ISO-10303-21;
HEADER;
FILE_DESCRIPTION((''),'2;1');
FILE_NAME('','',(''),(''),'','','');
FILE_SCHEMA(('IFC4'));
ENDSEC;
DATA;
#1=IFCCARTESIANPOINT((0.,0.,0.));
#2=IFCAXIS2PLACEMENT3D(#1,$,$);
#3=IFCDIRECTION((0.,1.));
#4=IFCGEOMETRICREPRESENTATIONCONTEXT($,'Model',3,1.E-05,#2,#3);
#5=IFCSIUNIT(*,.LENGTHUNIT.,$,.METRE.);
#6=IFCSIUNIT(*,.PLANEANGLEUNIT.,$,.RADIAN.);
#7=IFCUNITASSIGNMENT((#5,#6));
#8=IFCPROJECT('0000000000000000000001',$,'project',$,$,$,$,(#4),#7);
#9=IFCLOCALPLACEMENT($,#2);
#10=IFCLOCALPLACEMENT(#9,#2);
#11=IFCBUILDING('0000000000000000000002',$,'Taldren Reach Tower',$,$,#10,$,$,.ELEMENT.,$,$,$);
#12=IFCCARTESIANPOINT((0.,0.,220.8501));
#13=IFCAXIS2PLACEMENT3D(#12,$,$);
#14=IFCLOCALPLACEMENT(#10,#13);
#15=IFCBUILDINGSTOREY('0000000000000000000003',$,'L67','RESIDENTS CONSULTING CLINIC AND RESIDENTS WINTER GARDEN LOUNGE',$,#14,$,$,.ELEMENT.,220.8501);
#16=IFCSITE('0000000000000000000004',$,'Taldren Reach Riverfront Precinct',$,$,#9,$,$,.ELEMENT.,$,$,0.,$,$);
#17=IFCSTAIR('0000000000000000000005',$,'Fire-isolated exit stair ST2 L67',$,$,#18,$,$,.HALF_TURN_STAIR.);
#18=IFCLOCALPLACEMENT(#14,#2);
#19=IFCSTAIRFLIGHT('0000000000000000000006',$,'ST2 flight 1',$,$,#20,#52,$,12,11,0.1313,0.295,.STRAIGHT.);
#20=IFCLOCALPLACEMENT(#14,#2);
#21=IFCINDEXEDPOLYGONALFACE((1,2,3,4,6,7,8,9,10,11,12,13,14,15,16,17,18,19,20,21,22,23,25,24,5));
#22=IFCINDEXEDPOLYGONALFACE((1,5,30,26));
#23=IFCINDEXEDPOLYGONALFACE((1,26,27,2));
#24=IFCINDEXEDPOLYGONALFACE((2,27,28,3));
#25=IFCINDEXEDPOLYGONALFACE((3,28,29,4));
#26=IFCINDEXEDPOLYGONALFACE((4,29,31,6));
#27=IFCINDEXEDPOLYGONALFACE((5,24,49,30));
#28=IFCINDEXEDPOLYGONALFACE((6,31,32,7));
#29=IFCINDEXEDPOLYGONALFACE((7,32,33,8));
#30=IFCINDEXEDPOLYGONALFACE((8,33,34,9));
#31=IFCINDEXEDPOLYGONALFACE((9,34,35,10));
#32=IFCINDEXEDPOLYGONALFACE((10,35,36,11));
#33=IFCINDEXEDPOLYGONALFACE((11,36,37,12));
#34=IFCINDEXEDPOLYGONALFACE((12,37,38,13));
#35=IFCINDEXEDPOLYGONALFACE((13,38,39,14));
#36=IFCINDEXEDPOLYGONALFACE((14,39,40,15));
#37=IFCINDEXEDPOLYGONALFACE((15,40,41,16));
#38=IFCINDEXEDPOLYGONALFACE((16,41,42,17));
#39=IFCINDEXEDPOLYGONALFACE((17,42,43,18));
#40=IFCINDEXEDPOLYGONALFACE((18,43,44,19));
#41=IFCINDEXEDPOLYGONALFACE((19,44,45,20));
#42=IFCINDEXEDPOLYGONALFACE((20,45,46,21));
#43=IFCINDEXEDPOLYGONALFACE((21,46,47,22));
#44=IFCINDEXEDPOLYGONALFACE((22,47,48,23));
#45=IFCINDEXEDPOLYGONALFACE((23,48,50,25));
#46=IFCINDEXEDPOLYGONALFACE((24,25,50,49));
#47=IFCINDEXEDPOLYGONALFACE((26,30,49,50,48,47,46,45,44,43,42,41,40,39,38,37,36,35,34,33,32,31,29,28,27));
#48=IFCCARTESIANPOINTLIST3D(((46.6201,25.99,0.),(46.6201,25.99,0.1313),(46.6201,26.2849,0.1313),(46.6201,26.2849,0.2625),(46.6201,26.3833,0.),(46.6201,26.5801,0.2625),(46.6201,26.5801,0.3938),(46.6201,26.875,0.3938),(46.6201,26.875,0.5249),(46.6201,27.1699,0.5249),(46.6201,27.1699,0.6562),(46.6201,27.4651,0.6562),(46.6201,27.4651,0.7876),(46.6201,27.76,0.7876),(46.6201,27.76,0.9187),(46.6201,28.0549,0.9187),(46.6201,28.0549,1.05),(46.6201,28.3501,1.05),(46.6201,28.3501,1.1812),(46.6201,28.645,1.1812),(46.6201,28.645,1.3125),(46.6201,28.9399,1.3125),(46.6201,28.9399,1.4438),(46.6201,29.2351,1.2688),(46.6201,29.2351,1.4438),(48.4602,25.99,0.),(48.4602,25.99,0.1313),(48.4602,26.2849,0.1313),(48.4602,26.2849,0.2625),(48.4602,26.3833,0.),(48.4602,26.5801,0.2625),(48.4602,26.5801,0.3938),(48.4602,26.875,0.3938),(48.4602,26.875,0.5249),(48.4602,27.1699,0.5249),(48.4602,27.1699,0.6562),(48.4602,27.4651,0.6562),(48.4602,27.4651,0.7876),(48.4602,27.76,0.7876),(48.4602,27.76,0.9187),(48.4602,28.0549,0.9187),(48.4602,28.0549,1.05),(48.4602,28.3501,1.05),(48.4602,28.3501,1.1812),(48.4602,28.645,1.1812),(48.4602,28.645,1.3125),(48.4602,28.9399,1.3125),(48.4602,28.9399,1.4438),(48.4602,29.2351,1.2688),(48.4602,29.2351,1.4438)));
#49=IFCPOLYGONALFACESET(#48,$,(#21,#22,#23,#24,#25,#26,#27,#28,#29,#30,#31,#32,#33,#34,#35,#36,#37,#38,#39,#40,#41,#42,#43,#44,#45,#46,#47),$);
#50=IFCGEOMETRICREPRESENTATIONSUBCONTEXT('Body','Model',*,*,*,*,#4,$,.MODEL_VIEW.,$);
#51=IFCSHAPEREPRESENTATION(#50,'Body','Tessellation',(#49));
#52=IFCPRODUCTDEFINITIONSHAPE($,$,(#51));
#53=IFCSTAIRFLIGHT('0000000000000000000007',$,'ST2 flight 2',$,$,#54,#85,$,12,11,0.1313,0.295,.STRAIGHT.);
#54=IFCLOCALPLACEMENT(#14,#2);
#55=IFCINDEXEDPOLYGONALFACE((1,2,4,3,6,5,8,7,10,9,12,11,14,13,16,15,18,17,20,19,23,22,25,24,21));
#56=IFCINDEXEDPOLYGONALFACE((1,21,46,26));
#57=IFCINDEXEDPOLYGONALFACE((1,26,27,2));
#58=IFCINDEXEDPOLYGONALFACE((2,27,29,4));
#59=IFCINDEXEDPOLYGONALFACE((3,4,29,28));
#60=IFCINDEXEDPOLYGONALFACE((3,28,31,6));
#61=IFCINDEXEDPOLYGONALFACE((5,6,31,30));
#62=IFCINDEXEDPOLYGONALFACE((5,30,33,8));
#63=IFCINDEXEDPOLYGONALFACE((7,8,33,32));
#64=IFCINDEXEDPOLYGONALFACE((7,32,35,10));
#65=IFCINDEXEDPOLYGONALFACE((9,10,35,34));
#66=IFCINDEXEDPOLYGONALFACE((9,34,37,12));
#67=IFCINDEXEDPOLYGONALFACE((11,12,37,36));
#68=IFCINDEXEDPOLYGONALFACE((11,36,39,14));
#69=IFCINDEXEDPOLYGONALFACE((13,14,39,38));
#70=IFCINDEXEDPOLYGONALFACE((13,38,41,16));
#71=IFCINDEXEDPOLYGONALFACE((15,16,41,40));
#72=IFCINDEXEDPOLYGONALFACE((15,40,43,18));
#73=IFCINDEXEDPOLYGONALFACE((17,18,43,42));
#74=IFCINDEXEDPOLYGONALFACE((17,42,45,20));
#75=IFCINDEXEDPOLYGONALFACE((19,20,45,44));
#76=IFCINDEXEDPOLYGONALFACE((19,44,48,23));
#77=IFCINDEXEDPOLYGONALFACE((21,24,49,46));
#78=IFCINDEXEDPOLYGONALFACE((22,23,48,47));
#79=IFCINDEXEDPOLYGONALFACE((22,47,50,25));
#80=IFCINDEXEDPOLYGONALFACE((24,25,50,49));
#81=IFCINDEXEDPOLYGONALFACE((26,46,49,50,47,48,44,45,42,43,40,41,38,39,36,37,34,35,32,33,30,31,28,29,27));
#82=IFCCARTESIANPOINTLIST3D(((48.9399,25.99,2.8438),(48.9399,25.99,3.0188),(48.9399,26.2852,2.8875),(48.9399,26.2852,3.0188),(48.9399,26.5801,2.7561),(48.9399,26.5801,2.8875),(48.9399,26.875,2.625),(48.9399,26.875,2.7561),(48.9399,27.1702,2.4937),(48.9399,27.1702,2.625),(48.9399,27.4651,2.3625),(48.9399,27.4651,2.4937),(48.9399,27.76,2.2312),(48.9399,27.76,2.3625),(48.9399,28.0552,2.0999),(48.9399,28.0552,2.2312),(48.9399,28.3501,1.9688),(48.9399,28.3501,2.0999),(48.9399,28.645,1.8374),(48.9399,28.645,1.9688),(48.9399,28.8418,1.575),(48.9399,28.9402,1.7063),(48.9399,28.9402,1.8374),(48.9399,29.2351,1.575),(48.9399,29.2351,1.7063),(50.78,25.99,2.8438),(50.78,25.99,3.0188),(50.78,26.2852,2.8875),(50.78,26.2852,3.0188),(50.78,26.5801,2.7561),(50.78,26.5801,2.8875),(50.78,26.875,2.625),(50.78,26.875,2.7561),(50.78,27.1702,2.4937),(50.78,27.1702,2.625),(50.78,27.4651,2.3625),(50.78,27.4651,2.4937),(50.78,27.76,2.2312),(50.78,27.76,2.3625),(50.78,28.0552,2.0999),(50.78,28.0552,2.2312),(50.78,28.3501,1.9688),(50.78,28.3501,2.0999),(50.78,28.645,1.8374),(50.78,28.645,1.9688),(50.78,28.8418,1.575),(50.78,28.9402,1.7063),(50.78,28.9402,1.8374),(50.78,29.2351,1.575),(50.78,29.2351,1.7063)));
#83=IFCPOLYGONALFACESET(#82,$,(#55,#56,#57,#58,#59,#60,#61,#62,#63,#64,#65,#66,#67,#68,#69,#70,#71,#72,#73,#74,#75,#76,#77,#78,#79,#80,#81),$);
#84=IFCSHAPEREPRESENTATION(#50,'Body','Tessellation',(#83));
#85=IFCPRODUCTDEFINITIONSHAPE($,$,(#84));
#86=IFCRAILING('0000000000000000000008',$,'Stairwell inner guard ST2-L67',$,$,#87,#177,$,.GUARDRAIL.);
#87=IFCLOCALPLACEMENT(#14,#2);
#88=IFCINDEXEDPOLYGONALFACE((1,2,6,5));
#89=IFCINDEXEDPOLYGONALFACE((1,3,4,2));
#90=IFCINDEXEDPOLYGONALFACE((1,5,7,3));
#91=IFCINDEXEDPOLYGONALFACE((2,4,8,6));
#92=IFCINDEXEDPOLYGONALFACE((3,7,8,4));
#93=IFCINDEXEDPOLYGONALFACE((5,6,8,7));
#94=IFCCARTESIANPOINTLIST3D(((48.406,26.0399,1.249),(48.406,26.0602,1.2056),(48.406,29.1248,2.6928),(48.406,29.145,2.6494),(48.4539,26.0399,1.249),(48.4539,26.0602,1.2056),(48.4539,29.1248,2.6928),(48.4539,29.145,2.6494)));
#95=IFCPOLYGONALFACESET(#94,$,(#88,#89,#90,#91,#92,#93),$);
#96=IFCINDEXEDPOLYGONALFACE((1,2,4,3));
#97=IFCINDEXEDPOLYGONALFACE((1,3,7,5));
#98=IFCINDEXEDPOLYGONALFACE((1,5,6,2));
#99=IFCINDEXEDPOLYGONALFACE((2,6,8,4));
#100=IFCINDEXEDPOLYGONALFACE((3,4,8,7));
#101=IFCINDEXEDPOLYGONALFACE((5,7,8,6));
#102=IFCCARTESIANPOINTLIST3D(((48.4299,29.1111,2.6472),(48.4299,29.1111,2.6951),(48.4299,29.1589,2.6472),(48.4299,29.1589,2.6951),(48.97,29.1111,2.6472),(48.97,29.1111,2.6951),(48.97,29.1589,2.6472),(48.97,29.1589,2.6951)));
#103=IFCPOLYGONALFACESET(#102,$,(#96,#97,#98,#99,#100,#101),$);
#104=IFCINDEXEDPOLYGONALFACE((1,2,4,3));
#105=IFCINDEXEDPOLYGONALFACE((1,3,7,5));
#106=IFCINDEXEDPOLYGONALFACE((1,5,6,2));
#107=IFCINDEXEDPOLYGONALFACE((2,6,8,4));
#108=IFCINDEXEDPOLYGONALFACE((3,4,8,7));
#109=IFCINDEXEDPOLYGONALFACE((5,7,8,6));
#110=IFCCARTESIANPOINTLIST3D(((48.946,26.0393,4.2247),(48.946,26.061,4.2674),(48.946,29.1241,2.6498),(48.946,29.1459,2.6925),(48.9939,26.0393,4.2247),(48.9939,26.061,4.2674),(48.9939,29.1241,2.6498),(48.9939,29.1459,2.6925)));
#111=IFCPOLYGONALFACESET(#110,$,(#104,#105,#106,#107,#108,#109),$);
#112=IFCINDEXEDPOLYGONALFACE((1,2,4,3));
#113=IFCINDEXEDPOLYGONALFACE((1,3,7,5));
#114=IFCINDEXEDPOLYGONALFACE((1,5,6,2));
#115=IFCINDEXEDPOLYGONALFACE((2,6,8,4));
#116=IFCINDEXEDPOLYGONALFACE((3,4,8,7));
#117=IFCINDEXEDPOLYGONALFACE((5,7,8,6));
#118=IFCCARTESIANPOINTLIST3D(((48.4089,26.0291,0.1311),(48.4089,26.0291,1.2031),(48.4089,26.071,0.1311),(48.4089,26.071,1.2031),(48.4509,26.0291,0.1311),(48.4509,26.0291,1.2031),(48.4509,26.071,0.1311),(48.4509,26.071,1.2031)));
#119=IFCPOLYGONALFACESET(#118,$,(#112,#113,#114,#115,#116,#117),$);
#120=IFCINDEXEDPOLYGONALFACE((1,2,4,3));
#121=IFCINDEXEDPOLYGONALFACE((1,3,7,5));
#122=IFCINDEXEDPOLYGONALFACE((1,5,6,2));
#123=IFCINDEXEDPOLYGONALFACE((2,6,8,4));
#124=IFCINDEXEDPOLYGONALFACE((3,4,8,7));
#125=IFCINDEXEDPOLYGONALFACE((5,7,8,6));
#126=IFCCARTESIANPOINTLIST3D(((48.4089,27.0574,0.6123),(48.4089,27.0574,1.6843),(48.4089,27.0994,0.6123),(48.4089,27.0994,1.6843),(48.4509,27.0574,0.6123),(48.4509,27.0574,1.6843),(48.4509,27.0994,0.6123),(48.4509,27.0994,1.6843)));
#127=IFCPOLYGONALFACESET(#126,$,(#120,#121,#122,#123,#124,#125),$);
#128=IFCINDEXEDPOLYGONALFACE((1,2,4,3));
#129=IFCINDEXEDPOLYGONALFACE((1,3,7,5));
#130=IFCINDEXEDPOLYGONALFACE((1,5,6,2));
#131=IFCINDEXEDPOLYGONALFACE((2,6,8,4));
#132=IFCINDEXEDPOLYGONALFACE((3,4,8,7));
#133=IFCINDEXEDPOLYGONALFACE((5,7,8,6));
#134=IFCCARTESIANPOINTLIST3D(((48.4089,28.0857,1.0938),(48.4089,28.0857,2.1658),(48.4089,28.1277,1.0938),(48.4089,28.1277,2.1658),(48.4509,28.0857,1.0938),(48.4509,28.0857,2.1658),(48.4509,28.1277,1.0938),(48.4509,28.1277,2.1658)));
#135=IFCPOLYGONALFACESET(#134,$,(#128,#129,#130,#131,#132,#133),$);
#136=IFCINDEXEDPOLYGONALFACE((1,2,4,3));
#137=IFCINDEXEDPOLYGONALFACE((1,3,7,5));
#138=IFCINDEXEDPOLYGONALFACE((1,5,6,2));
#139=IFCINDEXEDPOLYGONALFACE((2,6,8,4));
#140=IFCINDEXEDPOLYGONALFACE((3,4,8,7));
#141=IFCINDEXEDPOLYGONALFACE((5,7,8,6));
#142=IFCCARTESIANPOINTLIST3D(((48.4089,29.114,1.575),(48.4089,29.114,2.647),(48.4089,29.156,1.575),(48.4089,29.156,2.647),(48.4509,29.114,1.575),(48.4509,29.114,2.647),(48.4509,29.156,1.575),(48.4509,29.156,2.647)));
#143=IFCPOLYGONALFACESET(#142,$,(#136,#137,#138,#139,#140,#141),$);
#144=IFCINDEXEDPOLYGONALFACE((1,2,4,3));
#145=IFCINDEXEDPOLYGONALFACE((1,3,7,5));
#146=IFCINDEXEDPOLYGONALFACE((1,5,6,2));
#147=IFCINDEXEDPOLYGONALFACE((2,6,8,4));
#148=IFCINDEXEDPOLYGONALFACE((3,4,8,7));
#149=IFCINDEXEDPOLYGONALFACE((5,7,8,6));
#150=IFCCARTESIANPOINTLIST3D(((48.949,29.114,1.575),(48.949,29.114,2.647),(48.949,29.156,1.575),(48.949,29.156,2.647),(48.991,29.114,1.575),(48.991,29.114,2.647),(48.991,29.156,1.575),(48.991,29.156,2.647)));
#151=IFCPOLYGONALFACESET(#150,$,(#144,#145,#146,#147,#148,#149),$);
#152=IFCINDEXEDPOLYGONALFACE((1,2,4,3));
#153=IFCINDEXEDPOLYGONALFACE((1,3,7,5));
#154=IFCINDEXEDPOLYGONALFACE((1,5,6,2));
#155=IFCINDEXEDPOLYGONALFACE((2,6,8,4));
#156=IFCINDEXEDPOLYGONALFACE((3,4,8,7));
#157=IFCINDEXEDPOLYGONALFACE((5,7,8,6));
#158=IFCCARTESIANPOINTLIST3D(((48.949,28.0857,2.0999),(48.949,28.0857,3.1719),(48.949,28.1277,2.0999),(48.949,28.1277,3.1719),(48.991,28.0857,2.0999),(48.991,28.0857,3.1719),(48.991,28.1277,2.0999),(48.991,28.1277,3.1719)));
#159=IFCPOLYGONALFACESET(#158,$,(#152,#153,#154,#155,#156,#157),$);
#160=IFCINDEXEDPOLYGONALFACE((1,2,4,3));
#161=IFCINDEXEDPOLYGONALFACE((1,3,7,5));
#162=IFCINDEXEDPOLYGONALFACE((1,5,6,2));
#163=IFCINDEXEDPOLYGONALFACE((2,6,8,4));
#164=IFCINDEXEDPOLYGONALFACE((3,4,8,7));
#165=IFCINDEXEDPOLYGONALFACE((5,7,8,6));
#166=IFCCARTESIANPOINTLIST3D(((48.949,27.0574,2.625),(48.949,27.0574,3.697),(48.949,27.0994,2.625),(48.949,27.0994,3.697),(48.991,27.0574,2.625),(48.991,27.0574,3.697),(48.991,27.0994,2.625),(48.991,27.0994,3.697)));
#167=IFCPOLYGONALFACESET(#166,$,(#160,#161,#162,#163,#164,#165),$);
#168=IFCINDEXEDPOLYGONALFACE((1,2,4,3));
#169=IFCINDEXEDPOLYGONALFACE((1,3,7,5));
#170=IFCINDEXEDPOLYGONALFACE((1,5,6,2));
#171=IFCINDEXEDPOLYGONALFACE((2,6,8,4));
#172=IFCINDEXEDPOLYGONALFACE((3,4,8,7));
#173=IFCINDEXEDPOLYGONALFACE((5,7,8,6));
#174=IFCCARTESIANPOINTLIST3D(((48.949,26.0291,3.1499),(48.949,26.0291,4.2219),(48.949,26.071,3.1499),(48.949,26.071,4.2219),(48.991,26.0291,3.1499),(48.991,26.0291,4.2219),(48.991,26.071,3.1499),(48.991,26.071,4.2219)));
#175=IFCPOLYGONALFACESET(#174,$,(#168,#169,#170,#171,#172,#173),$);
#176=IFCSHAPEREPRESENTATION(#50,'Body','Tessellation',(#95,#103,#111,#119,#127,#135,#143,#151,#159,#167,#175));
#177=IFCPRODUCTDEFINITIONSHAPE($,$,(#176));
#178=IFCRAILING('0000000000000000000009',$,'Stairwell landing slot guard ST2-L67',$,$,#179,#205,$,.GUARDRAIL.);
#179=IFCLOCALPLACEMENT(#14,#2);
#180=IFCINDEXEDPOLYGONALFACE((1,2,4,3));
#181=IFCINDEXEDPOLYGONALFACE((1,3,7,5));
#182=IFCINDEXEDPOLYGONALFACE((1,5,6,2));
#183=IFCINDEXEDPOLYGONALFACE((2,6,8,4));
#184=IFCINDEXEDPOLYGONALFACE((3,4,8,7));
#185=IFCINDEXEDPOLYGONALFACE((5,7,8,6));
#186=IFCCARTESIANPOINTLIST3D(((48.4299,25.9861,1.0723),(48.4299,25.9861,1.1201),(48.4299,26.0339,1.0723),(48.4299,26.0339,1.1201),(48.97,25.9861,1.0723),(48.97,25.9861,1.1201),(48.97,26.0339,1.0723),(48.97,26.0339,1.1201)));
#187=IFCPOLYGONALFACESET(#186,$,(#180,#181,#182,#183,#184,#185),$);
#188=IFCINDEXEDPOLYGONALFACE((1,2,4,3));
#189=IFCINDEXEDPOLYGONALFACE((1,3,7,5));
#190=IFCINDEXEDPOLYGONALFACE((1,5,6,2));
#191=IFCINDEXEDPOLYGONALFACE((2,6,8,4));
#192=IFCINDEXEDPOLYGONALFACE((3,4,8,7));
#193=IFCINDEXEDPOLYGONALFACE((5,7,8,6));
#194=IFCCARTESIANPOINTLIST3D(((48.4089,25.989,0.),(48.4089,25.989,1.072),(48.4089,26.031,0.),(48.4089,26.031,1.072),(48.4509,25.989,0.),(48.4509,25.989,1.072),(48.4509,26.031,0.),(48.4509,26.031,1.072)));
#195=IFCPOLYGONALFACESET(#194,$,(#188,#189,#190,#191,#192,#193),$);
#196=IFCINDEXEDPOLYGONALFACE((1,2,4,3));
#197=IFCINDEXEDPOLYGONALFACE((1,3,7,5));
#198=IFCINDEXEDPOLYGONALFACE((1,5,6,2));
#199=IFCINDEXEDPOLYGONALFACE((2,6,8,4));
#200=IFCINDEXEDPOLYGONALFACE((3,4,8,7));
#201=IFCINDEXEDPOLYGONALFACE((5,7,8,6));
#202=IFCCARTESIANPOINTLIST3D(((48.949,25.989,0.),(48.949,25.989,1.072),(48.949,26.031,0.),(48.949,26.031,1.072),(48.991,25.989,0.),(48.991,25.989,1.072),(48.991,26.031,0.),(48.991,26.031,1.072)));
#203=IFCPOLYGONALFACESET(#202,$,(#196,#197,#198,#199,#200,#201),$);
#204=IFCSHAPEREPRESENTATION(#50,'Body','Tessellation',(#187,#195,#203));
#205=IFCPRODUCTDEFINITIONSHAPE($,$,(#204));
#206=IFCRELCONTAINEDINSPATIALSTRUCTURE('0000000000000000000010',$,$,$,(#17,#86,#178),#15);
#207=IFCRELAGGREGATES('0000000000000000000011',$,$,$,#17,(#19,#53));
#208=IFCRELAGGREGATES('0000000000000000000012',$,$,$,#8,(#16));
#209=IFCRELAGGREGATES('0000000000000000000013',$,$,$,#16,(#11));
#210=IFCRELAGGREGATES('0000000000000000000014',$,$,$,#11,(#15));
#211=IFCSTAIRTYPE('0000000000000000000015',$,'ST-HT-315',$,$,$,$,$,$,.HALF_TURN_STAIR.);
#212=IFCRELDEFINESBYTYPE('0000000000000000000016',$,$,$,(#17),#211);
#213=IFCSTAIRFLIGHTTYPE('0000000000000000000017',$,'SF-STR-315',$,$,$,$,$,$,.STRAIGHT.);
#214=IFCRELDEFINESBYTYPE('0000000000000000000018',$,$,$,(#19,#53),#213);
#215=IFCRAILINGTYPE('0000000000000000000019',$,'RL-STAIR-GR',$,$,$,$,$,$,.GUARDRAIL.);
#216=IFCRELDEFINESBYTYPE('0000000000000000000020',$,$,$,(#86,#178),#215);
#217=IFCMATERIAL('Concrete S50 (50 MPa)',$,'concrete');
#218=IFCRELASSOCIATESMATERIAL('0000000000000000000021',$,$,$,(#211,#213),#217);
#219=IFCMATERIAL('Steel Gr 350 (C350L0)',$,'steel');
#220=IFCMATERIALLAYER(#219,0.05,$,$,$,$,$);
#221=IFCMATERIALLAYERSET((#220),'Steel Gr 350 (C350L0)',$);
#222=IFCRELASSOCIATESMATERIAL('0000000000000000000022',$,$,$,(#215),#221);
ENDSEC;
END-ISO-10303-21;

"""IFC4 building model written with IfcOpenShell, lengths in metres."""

from ifc_helpers import new_model, si_unit, direction, frame, origin, origin_2d, place, context, subcontext, project, spatial, polyline, rectangle, outline, extrude, material, layer, layer_set, type_object, element, aggregate, save


model = new_model("IFC4")

# Units and contexts
model_context = context("Model", 3, precision=1e-05, world=origin(), true_north=direction((0.0, 1.0)))
body_context = subcontext(model_context, "Body", "Model", "MODEL_VIEW")
ifc_project = project(units=[si_unit("LENGTHUNIT", "METRE"), si_unit("PLANEANGLEUNIT", "RADIAN")], contexts=[model_context])

# Site, building, storey
site_placement = place(None, origin())
site = spatial("IfcSite", under=ifc_project, at=site_placement, Name="Taldren Reach Riverfront Precinct", CompositionType="ELEMENT", RefElevation=0.0)
building_placement = place(site_placement, origin())
building = spatial("IfcBuilding", under=site, at=building_placement, Name="Taldren Reach Tower", CompositionType="ELEMENT")
storey_placement = place(building_placement, frame((0.0, 0.0, 220.8501)))
storey = spatial("IfcBuildingStorey", under=building, at=storey_placement, Name="L67", Description="RESIDENTS CONSULTING CLINIC AND RESIDENTS WINTER GARDEN LOUNGE", CompositionType="ELEMENT", Elevation=220.8501)

# Shared definitions
ifc_material_1 = material(Name="Steel Gr 350 (C350L0)", Category="steel")

# Stair, stair flights
ifc_material_2 = material(Name="Concrete S50 (50 MPa)", Category="concrete")
stair_type = type_object("IfcStairType", Name="ST-HT-315", PredefinedType="HALF_TURN_STAIR", material=ifc_material_2)
stair_placement = place(storey_placement, origin())
stair = element("IfcStair", 1, at=stair_placement, inside=storey, type_object=stair_type, Name="Fire-isolated exit stair ST2 L67", PredefinedType="HALF_TURN_STAIR")
stair_flight_type = type_object("IfcStairFlightType", Name="SF-STR-315", PredefinedType="STRAIGHT", material=ifc_material_2)
stair_flight_1_placement = place(storey_placement, frame((47.54, 25.99, 0.0), z_axis=(0.0, 0.0, 1.0), x_axis=(0.0, 1.0, 0.0)))
stair_flight_1 = element("IfcStairFlight", 2, at=stair_flight_1_placement, type_object=stair_flight_type, Name="ST2 flight 1", NumberOfRisers=12, NumberOfTreads=11, PredefinedType="STRAIGHT", RiserHeight=0.1313, TreadLength=0.295, context=body_context, shape_type="SweptSolid", body=[
    extrude(outline(polyline([(0.0, 0.0), (0.0, 0.1313), (0.2949, 0.1313), (0.2949, 0.2625), (0.5901, 0.2625), (0.5901, 0.3938), (0.885, 0.3938), (0.885, 0.5249), (1.1799, 0.5249), (1.1799, 0.6562), (1.4751, 0.6562), (1.4751, 0.7876), (1.77, 0.7876), (1.77, 0.9187), (2.0649, 0.9187), (2.0649, 1.05), (2.3601, 1.05), (2.3601, 1.1812), (2.655, 1.1812), (2.655, 1.3125), (2.95, 1.3125), (2.95, 1.4438), (3.2451, 1.4438), (3.2451, 1.575), (3.2451, 1.2688), (0.3933, 0.0), (0.0, 0.0)])), frame((0.0, 0.9199, 0.0), z_axis=(0.0, -1.0, 0.0), x_axis=(1.0, 0.0, 0.0)), (0.0, 0.0, 1.0), 1.8401),
])
stair_flight_2_placement = place(storey_placement, frame((49.8601, 29.2351, 1.575), z_axis=(0.0, 0.0, 1.0), x_axis=(0.0, -1.0, 0.0)))
stair_flight_2 = element("IfcStairFlight", 3, at=stair_flight_2_placement, type_object=stair_flight_type, Name="ST2 flight 2", NumberOfRisers=12, NumberOfTreads=11, PredefinedType="STRAIGHT", RiserHeight=0.1313, TreadLength=0.295, context=body_context, shape_type="SweptSolid", body=[
    extrude(outline(polyline([(0.0, 0.0), (0.0, 0.1313), (0.2949, 0.1313), (0.2949, 0.2625), (0.5901, 0.2625), (0.5901, 0.3938), (0.885, 0.3938), (0.885, 0.5249), (1.1799, 0.5249), (1.1799, 0.6562), (1.4751, 0.6562), (1.4751, 0.7876), (1.77, 0.7876), (1.77, 0.9187), (2.0649, 0.9187), (2.0649, 1.05), (2.3601, 1.05), (2.3601, 1.1812), (2.655, 1.1812), (2.655, 1.3125), (2.95, 1.3125), (2.95, 1.4438), (3.2451, 1.4438), (3.2451, 1.575), (3.2451, 1.2688), (0.3933, 0.0), (0.0, 0.0)])), frame((0.0, 0.9199, 0.0), z_axis=(0.0, -1.0, 0.0), x_axis=(1.0, 0.0, 0.0)), (0.0, 0.0, 1.0), 1.8401),
])
aggregate(stair, [stair_flight_1, stair_flight_2])

# Railings
ifc_layer_1 = layer(ifc_material_1, 0.05)
ifc_layer_set_1 = layer_set([ifc_layer_1], Name="Steel Gr 350 (C350L0)")
railing_type_1 = type_object("IfcRailingType", Name="RL-STAIR-GR", PredefinedType="GUARDRAIL", material=ifc_layer_set_1)
railing_1_placement = place(storey_placement, frame((48.4299, 26.05, 0.1311)))
element("IfcRailing", 4, at=railing_1_placement, inside=storey, type_object=railing_type_1, Name="Stairwell inner guard ST2-L67", PredefinedType="GUARDRAIL", context=body_context, shape_type="SweptSolid", body=[
    extrude(rectangle(XDim=0.0479, YDim=0.0479, at=origin_2d()), frame((0.0, 0.0, 1.0962), z_axis=(0.0, 0.90571, 0.423898), x_axis=(-1.0, 0.0, 0.0)), (0.0, 0.0, 1.0), 3.406),
    extrude(rectangle(XDim=0.0479, YDim=0.0479, at=origin_2d()), frame((0.0, 3.085, 2.54), z_axis=(1.0, 0.0, 0.0), x_axis=(0.0, 1.0, 0.0)), (0.0, 0.0, 1.0), 0.54),
    extrude(rectangle(XDim=0.0479, YDim=0.0479, at=origin_2d()), frame((0.54, 3.085, 2.54), z_axis=(0.0, -0.890646, 0.454697), x_axis=(1.0, 0.0, 0.0)), (0.0, 0.0, 1.0), 3.4636),
    extrude(rectangle(XDim=0.042, YDim=0.042, at=origin_2d()), origin(), (0.0, 0.0, 1.0), 1.072),
    extrude(rectangle(XDim=0.042, YDim=0.042, at=origin_2d()), frame((0.0, 1.0283, 0.4812)), (0.0, 0.0, 1.0), 1.072),
    extrude(rectangle(XDim=0.042, YDim=0.042, at=origin_2d()), frame((0.0, 2.0566, 0.9626)), (0.0, 0.0, 1.0), 1.072),
    extrude(rectangle(XDim=0.042, YDim=0.042, at=origin_2d()), frame((0.0, 3.085, 1.4438)), (0.0, 0.0, 1.0), 1.072),
    extrude(rectangle(XDim=0.042, YDim=0.042, at=origin_2d()), frame((0.54, 3.085, 1.4438)), (0.0, 0.0, 1.0), 1.072),
    extrude(rectangle(XDim=0.042, YDim=0.042, at=origin_2d()), frame((0.54, 2.0566, 1.9688)), (0.0, 0.0, 1.0), 1.072),
    extrude(rectangle(XDim=0.042, YDim=0.042, at=origin_2d()), frame((0.54, 1.0283, 2.4939)), (0.0, 0.0, 1.0), 1.072),
    extrude(rectangle(XDim=0.042, YDim=0.042, at=origin_2d()), frame((0.54, 0.0, 3.0188)), (0.0, 0.0, 1.0), 1.072),
])
railing_2_placement = place(storey_placement, frame((48.4299, 26.01, 0.0)))
element("IfcRailing", 5, at=railing_2_placement, inside=storey, type_object=railing_type_1, Name="Stairwell landing slot guard ST2-L67", PredefinedType="GUARDRAIL", context=body_context, shape_type="SweptSolid", body=[
    extrude(rectangle(XDim=0.0479, YDim=0.0479, at=origin_2d()), frame((0.0, 0.0, 1.0962), z_axis=(1.0, 0.0, 0.0), x_axis=(0.0, 1.0, 0.0)), (0.0, 0.0, 1.0), 0.54),
    extrude(rectangle(XDim=0.042, YDim=0.042, at=origin_2d()), origin(), (0.0, 0.0, 1.0), 1.072),
    extrude(rectangle(XDim=0.042, YDim=0.042, at=origin_2d()), frame((0.54, 0.0, 0.0)), (0.0, 0.0, 1.0), 1.072),
])

save(model, "model.ifc")
